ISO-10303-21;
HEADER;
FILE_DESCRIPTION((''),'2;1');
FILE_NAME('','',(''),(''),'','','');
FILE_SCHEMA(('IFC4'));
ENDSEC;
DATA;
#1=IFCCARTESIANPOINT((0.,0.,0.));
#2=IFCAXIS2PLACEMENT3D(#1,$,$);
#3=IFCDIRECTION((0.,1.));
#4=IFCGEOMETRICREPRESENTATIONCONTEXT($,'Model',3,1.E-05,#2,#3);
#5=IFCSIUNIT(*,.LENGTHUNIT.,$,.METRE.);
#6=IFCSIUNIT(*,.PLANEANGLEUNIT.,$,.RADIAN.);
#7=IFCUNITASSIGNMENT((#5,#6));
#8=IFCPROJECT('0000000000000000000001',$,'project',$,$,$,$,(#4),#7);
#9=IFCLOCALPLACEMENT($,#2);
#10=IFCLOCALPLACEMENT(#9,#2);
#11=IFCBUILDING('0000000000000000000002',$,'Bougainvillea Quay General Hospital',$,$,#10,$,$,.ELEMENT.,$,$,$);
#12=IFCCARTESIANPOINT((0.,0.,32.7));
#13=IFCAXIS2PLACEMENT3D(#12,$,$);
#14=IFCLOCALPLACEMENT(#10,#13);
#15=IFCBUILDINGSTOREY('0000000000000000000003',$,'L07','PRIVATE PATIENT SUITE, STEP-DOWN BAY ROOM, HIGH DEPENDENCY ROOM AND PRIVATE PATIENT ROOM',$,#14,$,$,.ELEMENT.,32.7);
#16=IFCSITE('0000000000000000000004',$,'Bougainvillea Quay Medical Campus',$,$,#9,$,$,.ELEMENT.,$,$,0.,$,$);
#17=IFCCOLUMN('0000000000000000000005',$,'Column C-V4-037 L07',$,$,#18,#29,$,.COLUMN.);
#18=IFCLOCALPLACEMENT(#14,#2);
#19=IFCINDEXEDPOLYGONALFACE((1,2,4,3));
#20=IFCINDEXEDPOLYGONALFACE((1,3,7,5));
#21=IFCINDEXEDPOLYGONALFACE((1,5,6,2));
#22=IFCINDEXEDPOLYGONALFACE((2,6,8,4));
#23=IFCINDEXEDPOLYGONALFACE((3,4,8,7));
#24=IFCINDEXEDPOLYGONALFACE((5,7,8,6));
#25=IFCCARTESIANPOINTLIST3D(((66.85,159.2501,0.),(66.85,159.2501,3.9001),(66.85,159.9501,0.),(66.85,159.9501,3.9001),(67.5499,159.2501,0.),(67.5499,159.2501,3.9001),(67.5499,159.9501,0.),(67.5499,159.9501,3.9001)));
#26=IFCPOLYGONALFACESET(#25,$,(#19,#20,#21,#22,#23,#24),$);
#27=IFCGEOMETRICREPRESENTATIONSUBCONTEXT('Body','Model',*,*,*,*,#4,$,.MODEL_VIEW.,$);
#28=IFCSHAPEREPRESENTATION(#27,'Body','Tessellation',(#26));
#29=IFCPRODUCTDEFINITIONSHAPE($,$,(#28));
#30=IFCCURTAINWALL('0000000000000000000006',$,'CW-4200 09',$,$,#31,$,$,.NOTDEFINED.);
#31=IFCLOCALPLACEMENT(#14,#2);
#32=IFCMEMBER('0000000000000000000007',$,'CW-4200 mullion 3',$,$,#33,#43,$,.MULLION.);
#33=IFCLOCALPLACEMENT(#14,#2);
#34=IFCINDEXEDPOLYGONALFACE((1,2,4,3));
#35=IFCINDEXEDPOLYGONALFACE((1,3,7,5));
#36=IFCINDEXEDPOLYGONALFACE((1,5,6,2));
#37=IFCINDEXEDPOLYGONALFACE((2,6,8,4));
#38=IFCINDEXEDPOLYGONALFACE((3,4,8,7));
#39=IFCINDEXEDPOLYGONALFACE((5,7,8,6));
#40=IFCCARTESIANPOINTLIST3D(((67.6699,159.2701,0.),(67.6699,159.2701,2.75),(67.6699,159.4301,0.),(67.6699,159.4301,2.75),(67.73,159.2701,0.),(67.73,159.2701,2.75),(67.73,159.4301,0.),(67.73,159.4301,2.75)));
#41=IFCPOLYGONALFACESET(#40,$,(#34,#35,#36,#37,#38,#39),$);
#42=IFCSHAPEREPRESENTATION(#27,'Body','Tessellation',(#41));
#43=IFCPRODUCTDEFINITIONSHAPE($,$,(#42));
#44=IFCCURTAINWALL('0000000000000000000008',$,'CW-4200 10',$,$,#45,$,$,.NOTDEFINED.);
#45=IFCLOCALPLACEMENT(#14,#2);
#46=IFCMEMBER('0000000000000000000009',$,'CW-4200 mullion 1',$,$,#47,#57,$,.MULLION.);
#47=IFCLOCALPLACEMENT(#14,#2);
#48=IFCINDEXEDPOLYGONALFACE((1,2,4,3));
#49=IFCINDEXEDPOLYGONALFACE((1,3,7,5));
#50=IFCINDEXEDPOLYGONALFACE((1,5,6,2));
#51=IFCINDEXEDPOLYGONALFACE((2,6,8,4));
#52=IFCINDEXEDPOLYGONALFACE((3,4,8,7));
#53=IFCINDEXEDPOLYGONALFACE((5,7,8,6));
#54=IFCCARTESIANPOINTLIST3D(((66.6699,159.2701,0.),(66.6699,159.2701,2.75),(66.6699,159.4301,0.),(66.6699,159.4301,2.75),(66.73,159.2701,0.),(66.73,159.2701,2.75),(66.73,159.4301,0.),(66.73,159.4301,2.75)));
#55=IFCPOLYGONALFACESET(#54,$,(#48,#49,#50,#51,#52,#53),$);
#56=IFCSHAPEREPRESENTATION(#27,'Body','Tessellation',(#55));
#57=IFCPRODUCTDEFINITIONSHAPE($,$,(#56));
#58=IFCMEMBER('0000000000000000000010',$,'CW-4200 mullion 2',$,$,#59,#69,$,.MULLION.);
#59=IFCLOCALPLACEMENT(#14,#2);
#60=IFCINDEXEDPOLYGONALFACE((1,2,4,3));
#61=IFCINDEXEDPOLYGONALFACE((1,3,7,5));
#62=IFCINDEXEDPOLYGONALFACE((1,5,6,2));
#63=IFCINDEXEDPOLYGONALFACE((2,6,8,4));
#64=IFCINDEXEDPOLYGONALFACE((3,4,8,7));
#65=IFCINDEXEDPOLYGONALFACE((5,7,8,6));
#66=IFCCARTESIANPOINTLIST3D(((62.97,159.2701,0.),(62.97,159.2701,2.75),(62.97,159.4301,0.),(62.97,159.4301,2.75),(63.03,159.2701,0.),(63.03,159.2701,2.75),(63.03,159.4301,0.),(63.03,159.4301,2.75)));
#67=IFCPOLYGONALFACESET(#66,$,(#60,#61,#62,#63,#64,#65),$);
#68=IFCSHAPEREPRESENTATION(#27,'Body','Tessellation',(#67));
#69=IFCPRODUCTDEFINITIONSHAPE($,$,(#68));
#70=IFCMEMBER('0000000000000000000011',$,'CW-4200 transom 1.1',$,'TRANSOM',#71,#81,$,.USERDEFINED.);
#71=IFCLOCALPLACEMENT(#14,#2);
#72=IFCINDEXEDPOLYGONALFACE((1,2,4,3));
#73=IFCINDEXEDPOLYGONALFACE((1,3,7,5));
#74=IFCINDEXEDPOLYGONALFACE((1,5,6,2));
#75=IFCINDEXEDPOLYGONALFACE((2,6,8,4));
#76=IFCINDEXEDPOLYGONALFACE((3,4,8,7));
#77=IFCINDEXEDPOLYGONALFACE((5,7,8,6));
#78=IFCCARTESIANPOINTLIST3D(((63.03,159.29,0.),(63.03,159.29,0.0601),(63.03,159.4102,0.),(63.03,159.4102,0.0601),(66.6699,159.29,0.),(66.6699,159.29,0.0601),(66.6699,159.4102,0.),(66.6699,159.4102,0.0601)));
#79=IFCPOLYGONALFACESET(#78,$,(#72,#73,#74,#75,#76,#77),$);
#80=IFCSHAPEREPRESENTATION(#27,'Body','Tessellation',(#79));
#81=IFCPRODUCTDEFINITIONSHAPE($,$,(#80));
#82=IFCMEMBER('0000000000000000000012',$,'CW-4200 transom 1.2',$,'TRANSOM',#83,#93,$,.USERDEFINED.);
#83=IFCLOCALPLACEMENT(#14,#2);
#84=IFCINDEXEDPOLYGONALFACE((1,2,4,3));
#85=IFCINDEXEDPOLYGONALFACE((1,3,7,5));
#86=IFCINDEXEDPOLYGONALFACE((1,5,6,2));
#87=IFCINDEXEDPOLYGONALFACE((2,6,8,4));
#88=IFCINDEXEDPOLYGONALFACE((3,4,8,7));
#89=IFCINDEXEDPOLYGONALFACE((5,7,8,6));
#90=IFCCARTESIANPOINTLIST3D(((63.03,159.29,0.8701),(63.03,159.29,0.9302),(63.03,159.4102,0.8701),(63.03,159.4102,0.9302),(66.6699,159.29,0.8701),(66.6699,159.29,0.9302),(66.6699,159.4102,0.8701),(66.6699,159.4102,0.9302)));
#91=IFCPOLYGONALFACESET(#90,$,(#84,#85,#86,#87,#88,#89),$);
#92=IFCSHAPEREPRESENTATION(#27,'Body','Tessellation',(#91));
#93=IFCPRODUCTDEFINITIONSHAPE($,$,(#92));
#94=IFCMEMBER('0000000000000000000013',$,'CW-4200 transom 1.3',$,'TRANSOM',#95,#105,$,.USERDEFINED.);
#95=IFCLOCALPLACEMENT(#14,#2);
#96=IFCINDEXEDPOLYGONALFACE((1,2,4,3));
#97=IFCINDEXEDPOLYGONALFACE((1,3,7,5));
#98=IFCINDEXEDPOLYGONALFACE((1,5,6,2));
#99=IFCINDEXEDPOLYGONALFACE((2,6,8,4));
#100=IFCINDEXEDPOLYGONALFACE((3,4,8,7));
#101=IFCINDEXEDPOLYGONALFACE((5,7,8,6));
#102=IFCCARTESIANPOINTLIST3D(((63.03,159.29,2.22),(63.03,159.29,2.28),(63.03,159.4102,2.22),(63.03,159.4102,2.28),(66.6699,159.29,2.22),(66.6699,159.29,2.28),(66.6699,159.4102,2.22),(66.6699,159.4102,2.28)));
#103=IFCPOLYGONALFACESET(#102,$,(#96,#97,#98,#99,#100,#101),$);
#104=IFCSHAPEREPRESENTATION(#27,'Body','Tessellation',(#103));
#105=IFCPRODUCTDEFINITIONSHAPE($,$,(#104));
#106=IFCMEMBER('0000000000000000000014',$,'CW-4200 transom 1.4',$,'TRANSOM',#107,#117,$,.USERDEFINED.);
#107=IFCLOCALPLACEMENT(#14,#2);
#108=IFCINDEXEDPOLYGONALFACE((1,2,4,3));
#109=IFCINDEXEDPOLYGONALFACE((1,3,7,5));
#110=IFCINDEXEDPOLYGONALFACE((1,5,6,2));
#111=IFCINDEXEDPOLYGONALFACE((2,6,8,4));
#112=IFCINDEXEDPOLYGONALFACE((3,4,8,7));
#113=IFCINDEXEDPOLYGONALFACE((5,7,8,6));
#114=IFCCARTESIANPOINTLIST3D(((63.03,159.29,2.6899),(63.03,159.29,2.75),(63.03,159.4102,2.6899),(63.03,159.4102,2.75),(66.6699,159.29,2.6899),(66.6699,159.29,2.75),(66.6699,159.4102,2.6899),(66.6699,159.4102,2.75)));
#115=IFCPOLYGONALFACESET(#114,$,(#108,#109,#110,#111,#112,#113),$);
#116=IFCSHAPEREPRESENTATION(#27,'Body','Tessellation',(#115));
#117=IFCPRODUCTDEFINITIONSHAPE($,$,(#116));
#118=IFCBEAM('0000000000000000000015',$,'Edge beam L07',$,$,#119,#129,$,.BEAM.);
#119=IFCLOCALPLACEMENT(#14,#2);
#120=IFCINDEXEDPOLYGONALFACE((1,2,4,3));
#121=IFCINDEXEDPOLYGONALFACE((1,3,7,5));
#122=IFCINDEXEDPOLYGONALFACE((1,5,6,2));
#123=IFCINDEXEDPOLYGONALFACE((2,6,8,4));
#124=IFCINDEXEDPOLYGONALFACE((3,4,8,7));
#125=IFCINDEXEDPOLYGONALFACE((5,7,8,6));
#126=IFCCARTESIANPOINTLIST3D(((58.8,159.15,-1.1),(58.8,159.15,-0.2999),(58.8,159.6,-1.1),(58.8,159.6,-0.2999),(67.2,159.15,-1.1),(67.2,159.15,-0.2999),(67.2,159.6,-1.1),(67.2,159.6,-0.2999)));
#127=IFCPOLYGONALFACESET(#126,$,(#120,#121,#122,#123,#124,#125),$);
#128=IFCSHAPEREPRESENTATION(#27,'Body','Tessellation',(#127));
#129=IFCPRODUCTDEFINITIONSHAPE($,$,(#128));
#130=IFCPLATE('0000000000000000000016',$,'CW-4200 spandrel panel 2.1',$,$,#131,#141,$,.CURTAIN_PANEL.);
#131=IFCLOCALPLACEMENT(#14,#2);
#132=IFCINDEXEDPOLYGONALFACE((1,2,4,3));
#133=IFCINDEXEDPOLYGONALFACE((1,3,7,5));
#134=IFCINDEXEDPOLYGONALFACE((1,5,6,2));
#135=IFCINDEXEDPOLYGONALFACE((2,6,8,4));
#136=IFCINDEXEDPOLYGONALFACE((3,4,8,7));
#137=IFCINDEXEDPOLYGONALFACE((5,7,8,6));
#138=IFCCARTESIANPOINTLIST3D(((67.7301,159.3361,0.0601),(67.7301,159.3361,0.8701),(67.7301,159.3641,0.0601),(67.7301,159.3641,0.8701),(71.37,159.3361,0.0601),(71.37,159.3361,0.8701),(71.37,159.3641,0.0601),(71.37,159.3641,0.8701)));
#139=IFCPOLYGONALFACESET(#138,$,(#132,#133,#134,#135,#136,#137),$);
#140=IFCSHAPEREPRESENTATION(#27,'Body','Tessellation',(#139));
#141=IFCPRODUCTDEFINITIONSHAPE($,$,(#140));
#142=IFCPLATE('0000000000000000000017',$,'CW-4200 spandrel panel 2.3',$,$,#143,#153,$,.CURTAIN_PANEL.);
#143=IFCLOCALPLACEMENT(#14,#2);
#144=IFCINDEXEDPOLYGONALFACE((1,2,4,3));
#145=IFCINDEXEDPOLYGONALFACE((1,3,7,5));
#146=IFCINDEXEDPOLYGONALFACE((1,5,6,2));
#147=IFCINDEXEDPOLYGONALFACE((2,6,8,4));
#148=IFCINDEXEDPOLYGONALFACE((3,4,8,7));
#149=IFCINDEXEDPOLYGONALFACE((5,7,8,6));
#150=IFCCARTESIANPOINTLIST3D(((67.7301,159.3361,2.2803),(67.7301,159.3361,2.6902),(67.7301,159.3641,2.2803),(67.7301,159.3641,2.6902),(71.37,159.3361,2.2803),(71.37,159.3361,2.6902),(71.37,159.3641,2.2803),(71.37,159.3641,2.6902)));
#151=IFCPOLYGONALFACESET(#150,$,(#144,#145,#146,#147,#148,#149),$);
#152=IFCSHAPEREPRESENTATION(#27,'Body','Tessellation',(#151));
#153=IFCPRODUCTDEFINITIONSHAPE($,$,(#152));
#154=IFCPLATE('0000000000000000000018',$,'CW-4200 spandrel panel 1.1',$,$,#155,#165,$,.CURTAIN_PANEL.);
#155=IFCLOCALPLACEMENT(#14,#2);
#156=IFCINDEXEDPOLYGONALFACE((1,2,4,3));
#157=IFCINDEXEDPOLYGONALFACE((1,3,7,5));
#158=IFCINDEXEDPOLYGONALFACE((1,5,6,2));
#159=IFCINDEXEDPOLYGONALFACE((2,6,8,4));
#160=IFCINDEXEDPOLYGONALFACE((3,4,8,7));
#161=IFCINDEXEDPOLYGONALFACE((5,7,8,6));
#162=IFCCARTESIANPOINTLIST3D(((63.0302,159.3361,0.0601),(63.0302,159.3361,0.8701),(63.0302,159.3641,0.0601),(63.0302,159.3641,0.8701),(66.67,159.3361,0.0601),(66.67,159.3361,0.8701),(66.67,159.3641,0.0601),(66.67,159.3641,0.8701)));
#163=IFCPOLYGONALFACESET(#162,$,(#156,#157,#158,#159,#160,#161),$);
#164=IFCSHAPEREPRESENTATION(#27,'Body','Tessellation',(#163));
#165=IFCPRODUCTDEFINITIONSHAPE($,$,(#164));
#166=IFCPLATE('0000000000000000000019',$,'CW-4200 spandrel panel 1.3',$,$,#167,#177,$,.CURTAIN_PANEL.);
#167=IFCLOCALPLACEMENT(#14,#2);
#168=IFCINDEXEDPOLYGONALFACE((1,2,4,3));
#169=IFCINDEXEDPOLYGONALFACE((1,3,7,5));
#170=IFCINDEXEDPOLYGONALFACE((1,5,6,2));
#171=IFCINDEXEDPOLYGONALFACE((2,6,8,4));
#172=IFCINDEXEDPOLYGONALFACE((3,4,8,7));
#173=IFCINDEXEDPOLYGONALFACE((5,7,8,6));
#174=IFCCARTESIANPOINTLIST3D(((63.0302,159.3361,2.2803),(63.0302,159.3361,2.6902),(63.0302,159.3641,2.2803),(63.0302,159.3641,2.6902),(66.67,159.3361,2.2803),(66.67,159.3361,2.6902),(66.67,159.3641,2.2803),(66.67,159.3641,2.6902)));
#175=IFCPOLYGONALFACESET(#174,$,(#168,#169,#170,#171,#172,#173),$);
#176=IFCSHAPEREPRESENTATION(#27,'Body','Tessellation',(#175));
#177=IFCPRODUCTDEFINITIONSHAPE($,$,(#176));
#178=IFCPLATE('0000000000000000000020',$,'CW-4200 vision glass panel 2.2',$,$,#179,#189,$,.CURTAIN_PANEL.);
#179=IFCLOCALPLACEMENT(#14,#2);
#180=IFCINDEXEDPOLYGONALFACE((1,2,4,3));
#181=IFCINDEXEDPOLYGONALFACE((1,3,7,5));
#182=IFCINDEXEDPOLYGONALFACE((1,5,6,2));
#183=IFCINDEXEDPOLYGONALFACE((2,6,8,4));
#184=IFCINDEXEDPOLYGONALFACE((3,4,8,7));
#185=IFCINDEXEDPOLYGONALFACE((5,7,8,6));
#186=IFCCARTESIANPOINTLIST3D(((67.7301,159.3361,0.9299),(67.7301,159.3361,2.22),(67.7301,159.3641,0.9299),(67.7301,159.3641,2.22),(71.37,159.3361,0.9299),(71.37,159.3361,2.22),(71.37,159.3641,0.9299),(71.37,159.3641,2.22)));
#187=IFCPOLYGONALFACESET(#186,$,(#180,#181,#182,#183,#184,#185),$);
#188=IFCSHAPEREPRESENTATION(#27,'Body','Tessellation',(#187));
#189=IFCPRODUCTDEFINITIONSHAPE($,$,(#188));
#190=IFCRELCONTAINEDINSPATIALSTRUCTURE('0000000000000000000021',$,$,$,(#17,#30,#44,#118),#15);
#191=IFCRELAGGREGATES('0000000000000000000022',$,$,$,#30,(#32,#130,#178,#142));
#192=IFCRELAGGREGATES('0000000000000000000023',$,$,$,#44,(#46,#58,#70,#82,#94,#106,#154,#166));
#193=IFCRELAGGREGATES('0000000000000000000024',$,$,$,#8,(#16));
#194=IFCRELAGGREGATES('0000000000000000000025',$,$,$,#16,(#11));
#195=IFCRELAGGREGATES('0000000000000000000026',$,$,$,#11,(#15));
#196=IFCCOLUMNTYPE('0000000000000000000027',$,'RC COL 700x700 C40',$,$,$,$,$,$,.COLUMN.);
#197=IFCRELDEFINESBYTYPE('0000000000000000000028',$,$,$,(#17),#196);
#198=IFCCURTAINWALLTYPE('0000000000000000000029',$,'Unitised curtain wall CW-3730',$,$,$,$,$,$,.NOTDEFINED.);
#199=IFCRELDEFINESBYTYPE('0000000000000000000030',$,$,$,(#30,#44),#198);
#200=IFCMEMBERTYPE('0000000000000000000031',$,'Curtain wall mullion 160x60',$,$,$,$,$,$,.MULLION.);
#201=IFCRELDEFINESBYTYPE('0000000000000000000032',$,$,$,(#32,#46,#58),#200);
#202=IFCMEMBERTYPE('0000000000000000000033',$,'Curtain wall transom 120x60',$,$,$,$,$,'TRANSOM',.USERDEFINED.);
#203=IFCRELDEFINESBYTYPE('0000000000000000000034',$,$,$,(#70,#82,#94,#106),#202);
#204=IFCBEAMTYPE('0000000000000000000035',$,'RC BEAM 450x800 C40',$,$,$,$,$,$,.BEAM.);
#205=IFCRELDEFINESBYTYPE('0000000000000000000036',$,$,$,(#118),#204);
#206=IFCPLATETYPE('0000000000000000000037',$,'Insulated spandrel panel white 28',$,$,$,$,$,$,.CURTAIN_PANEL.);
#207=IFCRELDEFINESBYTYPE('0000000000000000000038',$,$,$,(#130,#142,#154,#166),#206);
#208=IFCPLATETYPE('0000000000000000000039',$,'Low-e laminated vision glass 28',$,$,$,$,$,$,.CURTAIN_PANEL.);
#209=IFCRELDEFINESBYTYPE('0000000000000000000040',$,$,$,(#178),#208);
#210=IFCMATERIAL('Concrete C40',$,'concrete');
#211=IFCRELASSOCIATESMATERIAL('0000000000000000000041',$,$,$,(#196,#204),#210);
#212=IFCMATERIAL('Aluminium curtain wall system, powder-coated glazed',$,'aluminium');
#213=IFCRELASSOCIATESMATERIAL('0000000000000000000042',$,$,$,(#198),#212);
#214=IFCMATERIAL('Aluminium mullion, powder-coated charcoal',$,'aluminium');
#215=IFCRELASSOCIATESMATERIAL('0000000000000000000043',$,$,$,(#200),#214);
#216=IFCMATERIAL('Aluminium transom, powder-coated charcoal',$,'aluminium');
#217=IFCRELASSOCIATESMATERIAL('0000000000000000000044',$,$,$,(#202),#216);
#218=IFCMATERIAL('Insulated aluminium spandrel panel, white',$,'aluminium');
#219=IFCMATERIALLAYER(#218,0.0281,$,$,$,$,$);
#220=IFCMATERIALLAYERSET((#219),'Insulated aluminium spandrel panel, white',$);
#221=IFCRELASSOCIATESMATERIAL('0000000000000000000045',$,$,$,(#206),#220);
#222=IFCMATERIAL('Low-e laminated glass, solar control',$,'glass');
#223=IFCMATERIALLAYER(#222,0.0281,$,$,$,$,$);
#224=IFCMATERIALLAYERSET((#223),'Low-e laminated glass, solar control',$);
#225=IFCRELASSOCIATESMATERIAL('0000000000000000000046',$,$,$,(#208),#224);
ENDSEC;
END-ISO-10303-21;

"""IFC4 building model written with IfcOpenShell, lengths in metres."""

from ifc_helpers import new_model, si_unit, direction, frame, origin, origin_2d, place, context, subcontext, project, spatial, rectangle, extrude, material, layer, layer_set, material_profile, profile_set, type_object, element, aggregate, save


model = new_model("IFC4")

# Units and contexts
model_context = context("Model", 3, precision=1e-05, world=origin(), true_north=direction((0.0, 1.0)))
body_context = subcontext(model_context, "Body", "Model", "MODEL_VIEW")
ifc_project = project(units=[si_unit("LENGTHUNIT", "METRE"), si_unit("PLANEANGLEUNIT", "RADIAN")], contexts=[model_context])

# Site, building, storey
site_placement = place(None, origin())
site = spatial("IfcSite", under=ifc_project, at=site_placement, Name="Bougainvillea Quay Medical Campus", CompositionType="ELEMENT", RefElevation=0.0)
building_placement = place(site_placement, origin())
building = spatial("IfcBuilding", under=site, at=building_placement, Name="Bougainvillea Quay General Hospital", CompositionType="ELEMENT")
storey_placement = place(building_placement, frame((0.0, 0.0, 32.7)))
storey = spatial("IfcBuildingStorey", under=building, at=storey_placement, Name="L07", Description="PRIVATE PATIENT SUITE, STEP-DOWN BAY ROOM, HIGH DEPENDENCY ROOM AND PRIVATE PATIENT ROOM", CompositionType="ELEMENT", Elevation=32.7)

# Column
ifc_material_1 = material(Name="Concrete C40", Category="concrete")
ifc_material_profile_1 = material_profile(ifc_material_1, rectangle(XDim=0.7, YDim=0.7, at=origin_2d()))
ifc_profile_set_1 = profile_set([ifc_material_profile_1], Name="Concrete C40")
column_type = type_object("IfcColumnType", Name="RC COL 700x700 C40", PredefinedType="COLUMN", material=ifc_profile_set_1)
column_placement = place(storey_placement, frame((67.2, 159.6001, 0.0), z_axis=(0.0, 0.0, 1.0), x_axis=(1.0, 0.0, 0.0)))
element("IfcColumn", 1, at=column_placement, inside=storey, type_object=column_type, Name="Column C-V4-037 L07", PredefinedType="COLUMN", context=body_context, shape_type="SweptSolid", body=[
    extrude(rectangle(XDim=0.7, YDim=0.7, at=origin_2d()), origin(), (0.0, 0.0, 1.0), 3.9001),
])

# Curtain wall, member
ifc_material_2 = material(Name="Aluminium curtain wall system, powder-coated glazed", Category="aluminium")
curtain_wall_type = type_object("IfcCurtainWallType", Name="Unitised curtain wall CW-3730", PredefinedType="NOTDEFINED", material=ifc_material_2)
curtain_wall_1_placement = place(storey_placement, origin())
curtain_wall_1 = element("IfcCurtainWall", 2, at=curtain_wall_1_placement, inside=storey, type_object=curtain_wall_type, Name="CW-4200 09", PredefinedType="NOTDEFINED")
ifc_material_3 = material(Name="Aluminium mullion, powder-coated charcoal", Category="aluminium")
ifc_material_profile_2 = material_profile(ifc_material_3, rectangle(XDim=0.1599, YDim=0.0601, at=origin_2d()))
ifc_profile_set_2 = profile_set([ifc_material_profile_2], Name="Aluminium mullion, powder-coated charcoal")
member_type_1 = type_object("IfcMemberType", Name="Curtain wall mullion 160x60", PredefinedType="MULLION", material=ifc_profile_set_2)
member_1_placement = place(storey_placement, frame((67.7, 159.3501, 0.0), z_axis=(0.0, 0.0, 1.0), x_axis=(0.0, -1.0, 0.0)))
member_1 = element("IfcMember", 3, at=member_1_placement, type_object=member_type_1, Name="CW-4200 mullion 3", PredefinedType="MULLION", context=body_context, shape_type="SweptSolid", body=[
    extrude(rectangle(XDim=0.1599, YDim=0.0601, at=origin_2d()), origin(), (0.0, 0.0, 1.0), 2.75),
])

# Curtain wall, members
curtain_wall_2_placement = place(storey_placement, origin())
curtain_wall_2 = element("IfcCurtainWall", 4, at=curtain_wall_2_placement, inside=storey, type_object=curtain_wall_type, Name="CW-4200 10", PredefinedType="NOTDEFINED")
member_2_placement = place(storey_placement, frame((66.7, 159.3501, 0.0), z_axis=(0.0, 0.0, 1.0), x_axis=(0.0, -1.0, 0.0)))
member_2 = element("IfcMember", 5, at=member_2_placement, type_object=member_type_1, Name="CW-4200 mullion 1", PredefinedType="MULLION", context=body_context, shape_type="SweptSolid", body=[
    extrude(rectangle(XDim=0.1599, YDim=0.0601, at=origin_2d()), origin(), (0.0, 0.0, 1.0), 2.75),
])
member_3_placement = place(storey_placement, frame((63.0, 159.3501, 0.0), z_axis=(0.0, 0.0, 1.0), x_axis=(0.0, -1.0, 0.0)))
member_3 = element("IfcMember", 6, at=member_3_placement, type_object=member_type_1, Name="CW-4200 mullion 2", PredefinedType="MULLION", context=body_context, shape_type="SweptSolid", body=[
    extrude(rectangle(XDim=0.1599, YDim=0.0601, at=origin_2d()), origin(), (0.0, 0.0, 1.0), 2.75),
])
ifc_material_4 = material(Name="Aluminium transom, powder-coated charcoal", Category="aluminium")
ifc_material_profile_3 = material_profile(ifc_material_4, rectangle(XDim=0.1201, YDim=0.0601, at=origin_2d()))
ifc_profile_set_3 = profile_set([ifc_material_profile_3], Name="Aluminium transom, powder-coated charcoal")
member_type_2 = type_object("IfcMemberType", Name="Curtain wall transom 120x60", ElementType="TRANSOM", PredefinedType="USERDEFINED", material=ifc_profile_set_3)
member_4_placement = place(storey_placement, frame((66.6699, 159.3501, 0.03), z_axis=(-1.0, 0.0, 0.0), x_axis=(0.0, -1.0, 0.0)))
member_4 = element("IfcMember", 7, at=member_4_placement, type_object=member_type_2, Name="CW-4200 transom 1.1", ObjectType="TRANSOM", PredefinedType="USERDEFINED", context=body_context, shape_type="SweptSolid", body=[
    extrude(rectangle(XDim=0.1201, YDim=0.0601, at=origin_2d()), origin(), (0.0, 0.0, 1.0), 3.6399),
])
member_5_placement = place(storey_placement, frame((66.6699, 159.3501, 0.9001), z_axis=(-1.0, 0.0, 0.0), x_axis=(0.0, -1.0, 0.0)))
member_5 = element("IfcMember", 8, at=member_5_placement, type_object=member_type_2, Name="CW-4200 transom 1.2", ObjectType="TRANSOM", PredefinedType="USERDEFINED", context=body_context, shape_type="SweptSolid", body=[
    extrude(rectangle(XDim=0.1201, YDim=0.0601, at=origin_2d()), origin(), (0.0, 0.0, 1.0), 3.6399),
])
member_6_placement = place(storey_placement, frame((66.6699, 159.3501, 2.25), z_axis=(-1.0, 0.0, 0.0), x_axis=(0.0, -1.0, 0.0)))
member_6 = element("IfcMember", 9, at=member_6_placement, type_object=member_type_2, Name="CW-4200 transom 1.3", ObjectType="TRANSOM", PredefinedType="USERDEFINED", context=body_context, shape_type="SweptSolid", body=[
    extrude(rectangle(XDim=0.1201, YDim=0.0601, at=origin_2d()), origin(), (0.0, 0.0, 1.0), 3.6399),
])
member_7_placement = place(storey_placement, frame((66.6699, 159.3501, 2.72), z_axis=(-1.0, 0.0, 0.0), x_axis=(0.0, -1.0, 0.0)))
member_7 = element("IfcMember", 10, at=member_7_placement, type_object=member_type_2, Name="CW-4200 transom 1.4", ObjectType="TRANSOM", PredefinedType="USERDEFINED", context=body_context, shape_type="SweptSolid", body=[
    extrude(rectangle(XDim=0.1201, YDim=0.0601, at=origin_2d()), origin(), (0.0, 0.0, 1.0), 3.6399),
])

# Beam
ifc_material_profile_4 = material_profile(ifc_material_1, rectangle(XDim=0.45, YDim=0.8, at=origin_2d()))
ifc_profile_set_4 = profile_set([ifc_material_profile_4], Name="Concrete C40")
beam_type = type_object("IfcBeamType", Name="RC BEAM 450x800 C40", PredefinedType="BEAM", material=ifc_profile_set_4)
beam_placement = place(storey_placement, frame((67.2, 159.375, -0.7), z_axis=(-1.0, 0.0, 0.0), x_axis=(0.0, -1.0, 0.0)))
element("IfcBeam", 11, at=beam_placement, inside=storey, type_object=beam_type, Name="Edge beam L07", PredefinedType="BEAM", context=body_context, shape_type="SweptSolid", body=[
    extrude(rectangle(XDim=0.45, YDim=0.8, at=origin_2d()), origin(), (0.0, 0.0, 1.0), 8.3999),
])

# Plates
ifc_material_5 = material(Name="Insulated aluminium spandrel panel, white", Category="aluminium")
ifc_layer_1 = layer(ifc_material_5, 0.0281)
ifc_layer_set_1 = layer_set([ifc_layer_1], Name="Insulated aluminium spandrel panel, white")
plate_type_1 = type_object("IfcPlateType", Name="Insulated spandrel panel white 28", PredefinedType="CURTAIN_PANEL", material=ifc_layer_set_1)
plate_1_placement = place(storey_placement, frame((69.55, 159.3501, 0.0601), z_axis=(0.0, 0.0, 1.0), x_axis=(-1.0, 0.0, 0.0)))
plate_1 = element("IfcPlate", 12, at=plate_1_placement, type_object=plate_type_1, Name="CW-4200 spandrel panel 2.1", PredefinedType="CURTAIN_PANEL", context=body_context, shape_type="SweptSolid", body=[
    extrude(rectangle(XDim=3.6399, YDim=0.0281, at=origin_2d()), origin(), (0.0, 0.0, 1.0), 0.8101),
])
plate_2_placement = place(storey_placement, frame((69.55, 159.3501, 2.2803), z_axis=(0.0, 0.0, 1.0), x_axis=(-1.0, 0.0, 0.0)))
plate_2 = element("IfcPlate", 13, at=plate_2_placement, type_object=plate_type_1, Name="CW-4200 spandrel panel 2.3", PredefinedType="CURTAIN_PANEL", context=body_context, shape_type="SweptSolid", body=[
    extrude(rectangle(XDim=3.6399, YDim=0.0281, at=origin_2d()), origin(), (0.0, 0.0, 1.0), 0.4099),
])
plate_3_placement = place(storey_placement, frame((64.8501, 159.3501, 0.0601), z_axis=(0.0, 0.0, 1.0), x_axis=(-1.0, 0.0, 0.0)))
plate_3 = element("IfcPlate", 14, at=plate_3_placement, type_object=plate_type_1, Name="CW-4200 spandrel panel 1.1", PredefinedType="CURTAIN_PANEL", context=body_context, shape_type="SweptSolid", body=[
    extrude(rectangle(XDim=3.6399, YDim=0.0281, at=origin_2d()), origin(), (0.0, 0.0, 1.0), 0.8101),
])
plate_4_placement = place(storey_placement, frame((64.8501, 159.3501, 2.2803), z_axis=(0.0, 0.0, 1.0), x_axis=(-1.0, 0.0, 0.0)))
plate_4 = element("IfcPlate", 15, at=plate_4_placement, type_object=plate_type_1, Name="CW-4200 spandrel panel 1.3", PredefinedType="CURTAIN_PANEL", context=body_context, shape_type="SweptSolid", body=[
    extrude(rectangle(XDim=3.6399, YDim=0.0281, at=origin_2d()), origin(), (0.0, 0.0, 1.0), 0.4099),
])
ifc_material_6 = material(Name="Low-e laminated glass, solar control", Category="glass")
ifc_layer_2 = layer(ifc_material_6, 0.0281)
ifc_layer_set_2 = layer_set([ifc_layer_2], Name="Low-e laminated glass, solar control")
plate_type_2 = type_object("IfcPlateType", Name="Low-e laminated vision glass 28", PredefinedType="CURTAIN_PANEL", material=ifc_layer_set_2)
plate_5_placement = place(storey_placement, frame((69.55, 159.3501, 0.9299), z_axis=(0.0, 0.0, 1.0), x_axis=(-1.0, 0.0, 0.0)))
plate_5 = element("IfcPlate", 16, at=plate_5_placement, type_object=plate_type_2, Name="CW-4200 vision glass panel 2.2", PredefinedType="CURTAIN_PANEL", context=body_context, shape_type="SweptSolid", body=[
    extrude(rectangle(XDim=3.6399, YDim=0.0281, at=origin_2d()), origin(), (0.0, 0.0, 1.0), 1.29),
])
aggregate(curtain_wall_1, [member_1, plate_1, plate_5, plate_2])
aggregate(curtain_wall_2, [member_2, member_3, member_4, member_5, member_6, member_7, plate_3, plate_4])

save(model, "model.ifc")
